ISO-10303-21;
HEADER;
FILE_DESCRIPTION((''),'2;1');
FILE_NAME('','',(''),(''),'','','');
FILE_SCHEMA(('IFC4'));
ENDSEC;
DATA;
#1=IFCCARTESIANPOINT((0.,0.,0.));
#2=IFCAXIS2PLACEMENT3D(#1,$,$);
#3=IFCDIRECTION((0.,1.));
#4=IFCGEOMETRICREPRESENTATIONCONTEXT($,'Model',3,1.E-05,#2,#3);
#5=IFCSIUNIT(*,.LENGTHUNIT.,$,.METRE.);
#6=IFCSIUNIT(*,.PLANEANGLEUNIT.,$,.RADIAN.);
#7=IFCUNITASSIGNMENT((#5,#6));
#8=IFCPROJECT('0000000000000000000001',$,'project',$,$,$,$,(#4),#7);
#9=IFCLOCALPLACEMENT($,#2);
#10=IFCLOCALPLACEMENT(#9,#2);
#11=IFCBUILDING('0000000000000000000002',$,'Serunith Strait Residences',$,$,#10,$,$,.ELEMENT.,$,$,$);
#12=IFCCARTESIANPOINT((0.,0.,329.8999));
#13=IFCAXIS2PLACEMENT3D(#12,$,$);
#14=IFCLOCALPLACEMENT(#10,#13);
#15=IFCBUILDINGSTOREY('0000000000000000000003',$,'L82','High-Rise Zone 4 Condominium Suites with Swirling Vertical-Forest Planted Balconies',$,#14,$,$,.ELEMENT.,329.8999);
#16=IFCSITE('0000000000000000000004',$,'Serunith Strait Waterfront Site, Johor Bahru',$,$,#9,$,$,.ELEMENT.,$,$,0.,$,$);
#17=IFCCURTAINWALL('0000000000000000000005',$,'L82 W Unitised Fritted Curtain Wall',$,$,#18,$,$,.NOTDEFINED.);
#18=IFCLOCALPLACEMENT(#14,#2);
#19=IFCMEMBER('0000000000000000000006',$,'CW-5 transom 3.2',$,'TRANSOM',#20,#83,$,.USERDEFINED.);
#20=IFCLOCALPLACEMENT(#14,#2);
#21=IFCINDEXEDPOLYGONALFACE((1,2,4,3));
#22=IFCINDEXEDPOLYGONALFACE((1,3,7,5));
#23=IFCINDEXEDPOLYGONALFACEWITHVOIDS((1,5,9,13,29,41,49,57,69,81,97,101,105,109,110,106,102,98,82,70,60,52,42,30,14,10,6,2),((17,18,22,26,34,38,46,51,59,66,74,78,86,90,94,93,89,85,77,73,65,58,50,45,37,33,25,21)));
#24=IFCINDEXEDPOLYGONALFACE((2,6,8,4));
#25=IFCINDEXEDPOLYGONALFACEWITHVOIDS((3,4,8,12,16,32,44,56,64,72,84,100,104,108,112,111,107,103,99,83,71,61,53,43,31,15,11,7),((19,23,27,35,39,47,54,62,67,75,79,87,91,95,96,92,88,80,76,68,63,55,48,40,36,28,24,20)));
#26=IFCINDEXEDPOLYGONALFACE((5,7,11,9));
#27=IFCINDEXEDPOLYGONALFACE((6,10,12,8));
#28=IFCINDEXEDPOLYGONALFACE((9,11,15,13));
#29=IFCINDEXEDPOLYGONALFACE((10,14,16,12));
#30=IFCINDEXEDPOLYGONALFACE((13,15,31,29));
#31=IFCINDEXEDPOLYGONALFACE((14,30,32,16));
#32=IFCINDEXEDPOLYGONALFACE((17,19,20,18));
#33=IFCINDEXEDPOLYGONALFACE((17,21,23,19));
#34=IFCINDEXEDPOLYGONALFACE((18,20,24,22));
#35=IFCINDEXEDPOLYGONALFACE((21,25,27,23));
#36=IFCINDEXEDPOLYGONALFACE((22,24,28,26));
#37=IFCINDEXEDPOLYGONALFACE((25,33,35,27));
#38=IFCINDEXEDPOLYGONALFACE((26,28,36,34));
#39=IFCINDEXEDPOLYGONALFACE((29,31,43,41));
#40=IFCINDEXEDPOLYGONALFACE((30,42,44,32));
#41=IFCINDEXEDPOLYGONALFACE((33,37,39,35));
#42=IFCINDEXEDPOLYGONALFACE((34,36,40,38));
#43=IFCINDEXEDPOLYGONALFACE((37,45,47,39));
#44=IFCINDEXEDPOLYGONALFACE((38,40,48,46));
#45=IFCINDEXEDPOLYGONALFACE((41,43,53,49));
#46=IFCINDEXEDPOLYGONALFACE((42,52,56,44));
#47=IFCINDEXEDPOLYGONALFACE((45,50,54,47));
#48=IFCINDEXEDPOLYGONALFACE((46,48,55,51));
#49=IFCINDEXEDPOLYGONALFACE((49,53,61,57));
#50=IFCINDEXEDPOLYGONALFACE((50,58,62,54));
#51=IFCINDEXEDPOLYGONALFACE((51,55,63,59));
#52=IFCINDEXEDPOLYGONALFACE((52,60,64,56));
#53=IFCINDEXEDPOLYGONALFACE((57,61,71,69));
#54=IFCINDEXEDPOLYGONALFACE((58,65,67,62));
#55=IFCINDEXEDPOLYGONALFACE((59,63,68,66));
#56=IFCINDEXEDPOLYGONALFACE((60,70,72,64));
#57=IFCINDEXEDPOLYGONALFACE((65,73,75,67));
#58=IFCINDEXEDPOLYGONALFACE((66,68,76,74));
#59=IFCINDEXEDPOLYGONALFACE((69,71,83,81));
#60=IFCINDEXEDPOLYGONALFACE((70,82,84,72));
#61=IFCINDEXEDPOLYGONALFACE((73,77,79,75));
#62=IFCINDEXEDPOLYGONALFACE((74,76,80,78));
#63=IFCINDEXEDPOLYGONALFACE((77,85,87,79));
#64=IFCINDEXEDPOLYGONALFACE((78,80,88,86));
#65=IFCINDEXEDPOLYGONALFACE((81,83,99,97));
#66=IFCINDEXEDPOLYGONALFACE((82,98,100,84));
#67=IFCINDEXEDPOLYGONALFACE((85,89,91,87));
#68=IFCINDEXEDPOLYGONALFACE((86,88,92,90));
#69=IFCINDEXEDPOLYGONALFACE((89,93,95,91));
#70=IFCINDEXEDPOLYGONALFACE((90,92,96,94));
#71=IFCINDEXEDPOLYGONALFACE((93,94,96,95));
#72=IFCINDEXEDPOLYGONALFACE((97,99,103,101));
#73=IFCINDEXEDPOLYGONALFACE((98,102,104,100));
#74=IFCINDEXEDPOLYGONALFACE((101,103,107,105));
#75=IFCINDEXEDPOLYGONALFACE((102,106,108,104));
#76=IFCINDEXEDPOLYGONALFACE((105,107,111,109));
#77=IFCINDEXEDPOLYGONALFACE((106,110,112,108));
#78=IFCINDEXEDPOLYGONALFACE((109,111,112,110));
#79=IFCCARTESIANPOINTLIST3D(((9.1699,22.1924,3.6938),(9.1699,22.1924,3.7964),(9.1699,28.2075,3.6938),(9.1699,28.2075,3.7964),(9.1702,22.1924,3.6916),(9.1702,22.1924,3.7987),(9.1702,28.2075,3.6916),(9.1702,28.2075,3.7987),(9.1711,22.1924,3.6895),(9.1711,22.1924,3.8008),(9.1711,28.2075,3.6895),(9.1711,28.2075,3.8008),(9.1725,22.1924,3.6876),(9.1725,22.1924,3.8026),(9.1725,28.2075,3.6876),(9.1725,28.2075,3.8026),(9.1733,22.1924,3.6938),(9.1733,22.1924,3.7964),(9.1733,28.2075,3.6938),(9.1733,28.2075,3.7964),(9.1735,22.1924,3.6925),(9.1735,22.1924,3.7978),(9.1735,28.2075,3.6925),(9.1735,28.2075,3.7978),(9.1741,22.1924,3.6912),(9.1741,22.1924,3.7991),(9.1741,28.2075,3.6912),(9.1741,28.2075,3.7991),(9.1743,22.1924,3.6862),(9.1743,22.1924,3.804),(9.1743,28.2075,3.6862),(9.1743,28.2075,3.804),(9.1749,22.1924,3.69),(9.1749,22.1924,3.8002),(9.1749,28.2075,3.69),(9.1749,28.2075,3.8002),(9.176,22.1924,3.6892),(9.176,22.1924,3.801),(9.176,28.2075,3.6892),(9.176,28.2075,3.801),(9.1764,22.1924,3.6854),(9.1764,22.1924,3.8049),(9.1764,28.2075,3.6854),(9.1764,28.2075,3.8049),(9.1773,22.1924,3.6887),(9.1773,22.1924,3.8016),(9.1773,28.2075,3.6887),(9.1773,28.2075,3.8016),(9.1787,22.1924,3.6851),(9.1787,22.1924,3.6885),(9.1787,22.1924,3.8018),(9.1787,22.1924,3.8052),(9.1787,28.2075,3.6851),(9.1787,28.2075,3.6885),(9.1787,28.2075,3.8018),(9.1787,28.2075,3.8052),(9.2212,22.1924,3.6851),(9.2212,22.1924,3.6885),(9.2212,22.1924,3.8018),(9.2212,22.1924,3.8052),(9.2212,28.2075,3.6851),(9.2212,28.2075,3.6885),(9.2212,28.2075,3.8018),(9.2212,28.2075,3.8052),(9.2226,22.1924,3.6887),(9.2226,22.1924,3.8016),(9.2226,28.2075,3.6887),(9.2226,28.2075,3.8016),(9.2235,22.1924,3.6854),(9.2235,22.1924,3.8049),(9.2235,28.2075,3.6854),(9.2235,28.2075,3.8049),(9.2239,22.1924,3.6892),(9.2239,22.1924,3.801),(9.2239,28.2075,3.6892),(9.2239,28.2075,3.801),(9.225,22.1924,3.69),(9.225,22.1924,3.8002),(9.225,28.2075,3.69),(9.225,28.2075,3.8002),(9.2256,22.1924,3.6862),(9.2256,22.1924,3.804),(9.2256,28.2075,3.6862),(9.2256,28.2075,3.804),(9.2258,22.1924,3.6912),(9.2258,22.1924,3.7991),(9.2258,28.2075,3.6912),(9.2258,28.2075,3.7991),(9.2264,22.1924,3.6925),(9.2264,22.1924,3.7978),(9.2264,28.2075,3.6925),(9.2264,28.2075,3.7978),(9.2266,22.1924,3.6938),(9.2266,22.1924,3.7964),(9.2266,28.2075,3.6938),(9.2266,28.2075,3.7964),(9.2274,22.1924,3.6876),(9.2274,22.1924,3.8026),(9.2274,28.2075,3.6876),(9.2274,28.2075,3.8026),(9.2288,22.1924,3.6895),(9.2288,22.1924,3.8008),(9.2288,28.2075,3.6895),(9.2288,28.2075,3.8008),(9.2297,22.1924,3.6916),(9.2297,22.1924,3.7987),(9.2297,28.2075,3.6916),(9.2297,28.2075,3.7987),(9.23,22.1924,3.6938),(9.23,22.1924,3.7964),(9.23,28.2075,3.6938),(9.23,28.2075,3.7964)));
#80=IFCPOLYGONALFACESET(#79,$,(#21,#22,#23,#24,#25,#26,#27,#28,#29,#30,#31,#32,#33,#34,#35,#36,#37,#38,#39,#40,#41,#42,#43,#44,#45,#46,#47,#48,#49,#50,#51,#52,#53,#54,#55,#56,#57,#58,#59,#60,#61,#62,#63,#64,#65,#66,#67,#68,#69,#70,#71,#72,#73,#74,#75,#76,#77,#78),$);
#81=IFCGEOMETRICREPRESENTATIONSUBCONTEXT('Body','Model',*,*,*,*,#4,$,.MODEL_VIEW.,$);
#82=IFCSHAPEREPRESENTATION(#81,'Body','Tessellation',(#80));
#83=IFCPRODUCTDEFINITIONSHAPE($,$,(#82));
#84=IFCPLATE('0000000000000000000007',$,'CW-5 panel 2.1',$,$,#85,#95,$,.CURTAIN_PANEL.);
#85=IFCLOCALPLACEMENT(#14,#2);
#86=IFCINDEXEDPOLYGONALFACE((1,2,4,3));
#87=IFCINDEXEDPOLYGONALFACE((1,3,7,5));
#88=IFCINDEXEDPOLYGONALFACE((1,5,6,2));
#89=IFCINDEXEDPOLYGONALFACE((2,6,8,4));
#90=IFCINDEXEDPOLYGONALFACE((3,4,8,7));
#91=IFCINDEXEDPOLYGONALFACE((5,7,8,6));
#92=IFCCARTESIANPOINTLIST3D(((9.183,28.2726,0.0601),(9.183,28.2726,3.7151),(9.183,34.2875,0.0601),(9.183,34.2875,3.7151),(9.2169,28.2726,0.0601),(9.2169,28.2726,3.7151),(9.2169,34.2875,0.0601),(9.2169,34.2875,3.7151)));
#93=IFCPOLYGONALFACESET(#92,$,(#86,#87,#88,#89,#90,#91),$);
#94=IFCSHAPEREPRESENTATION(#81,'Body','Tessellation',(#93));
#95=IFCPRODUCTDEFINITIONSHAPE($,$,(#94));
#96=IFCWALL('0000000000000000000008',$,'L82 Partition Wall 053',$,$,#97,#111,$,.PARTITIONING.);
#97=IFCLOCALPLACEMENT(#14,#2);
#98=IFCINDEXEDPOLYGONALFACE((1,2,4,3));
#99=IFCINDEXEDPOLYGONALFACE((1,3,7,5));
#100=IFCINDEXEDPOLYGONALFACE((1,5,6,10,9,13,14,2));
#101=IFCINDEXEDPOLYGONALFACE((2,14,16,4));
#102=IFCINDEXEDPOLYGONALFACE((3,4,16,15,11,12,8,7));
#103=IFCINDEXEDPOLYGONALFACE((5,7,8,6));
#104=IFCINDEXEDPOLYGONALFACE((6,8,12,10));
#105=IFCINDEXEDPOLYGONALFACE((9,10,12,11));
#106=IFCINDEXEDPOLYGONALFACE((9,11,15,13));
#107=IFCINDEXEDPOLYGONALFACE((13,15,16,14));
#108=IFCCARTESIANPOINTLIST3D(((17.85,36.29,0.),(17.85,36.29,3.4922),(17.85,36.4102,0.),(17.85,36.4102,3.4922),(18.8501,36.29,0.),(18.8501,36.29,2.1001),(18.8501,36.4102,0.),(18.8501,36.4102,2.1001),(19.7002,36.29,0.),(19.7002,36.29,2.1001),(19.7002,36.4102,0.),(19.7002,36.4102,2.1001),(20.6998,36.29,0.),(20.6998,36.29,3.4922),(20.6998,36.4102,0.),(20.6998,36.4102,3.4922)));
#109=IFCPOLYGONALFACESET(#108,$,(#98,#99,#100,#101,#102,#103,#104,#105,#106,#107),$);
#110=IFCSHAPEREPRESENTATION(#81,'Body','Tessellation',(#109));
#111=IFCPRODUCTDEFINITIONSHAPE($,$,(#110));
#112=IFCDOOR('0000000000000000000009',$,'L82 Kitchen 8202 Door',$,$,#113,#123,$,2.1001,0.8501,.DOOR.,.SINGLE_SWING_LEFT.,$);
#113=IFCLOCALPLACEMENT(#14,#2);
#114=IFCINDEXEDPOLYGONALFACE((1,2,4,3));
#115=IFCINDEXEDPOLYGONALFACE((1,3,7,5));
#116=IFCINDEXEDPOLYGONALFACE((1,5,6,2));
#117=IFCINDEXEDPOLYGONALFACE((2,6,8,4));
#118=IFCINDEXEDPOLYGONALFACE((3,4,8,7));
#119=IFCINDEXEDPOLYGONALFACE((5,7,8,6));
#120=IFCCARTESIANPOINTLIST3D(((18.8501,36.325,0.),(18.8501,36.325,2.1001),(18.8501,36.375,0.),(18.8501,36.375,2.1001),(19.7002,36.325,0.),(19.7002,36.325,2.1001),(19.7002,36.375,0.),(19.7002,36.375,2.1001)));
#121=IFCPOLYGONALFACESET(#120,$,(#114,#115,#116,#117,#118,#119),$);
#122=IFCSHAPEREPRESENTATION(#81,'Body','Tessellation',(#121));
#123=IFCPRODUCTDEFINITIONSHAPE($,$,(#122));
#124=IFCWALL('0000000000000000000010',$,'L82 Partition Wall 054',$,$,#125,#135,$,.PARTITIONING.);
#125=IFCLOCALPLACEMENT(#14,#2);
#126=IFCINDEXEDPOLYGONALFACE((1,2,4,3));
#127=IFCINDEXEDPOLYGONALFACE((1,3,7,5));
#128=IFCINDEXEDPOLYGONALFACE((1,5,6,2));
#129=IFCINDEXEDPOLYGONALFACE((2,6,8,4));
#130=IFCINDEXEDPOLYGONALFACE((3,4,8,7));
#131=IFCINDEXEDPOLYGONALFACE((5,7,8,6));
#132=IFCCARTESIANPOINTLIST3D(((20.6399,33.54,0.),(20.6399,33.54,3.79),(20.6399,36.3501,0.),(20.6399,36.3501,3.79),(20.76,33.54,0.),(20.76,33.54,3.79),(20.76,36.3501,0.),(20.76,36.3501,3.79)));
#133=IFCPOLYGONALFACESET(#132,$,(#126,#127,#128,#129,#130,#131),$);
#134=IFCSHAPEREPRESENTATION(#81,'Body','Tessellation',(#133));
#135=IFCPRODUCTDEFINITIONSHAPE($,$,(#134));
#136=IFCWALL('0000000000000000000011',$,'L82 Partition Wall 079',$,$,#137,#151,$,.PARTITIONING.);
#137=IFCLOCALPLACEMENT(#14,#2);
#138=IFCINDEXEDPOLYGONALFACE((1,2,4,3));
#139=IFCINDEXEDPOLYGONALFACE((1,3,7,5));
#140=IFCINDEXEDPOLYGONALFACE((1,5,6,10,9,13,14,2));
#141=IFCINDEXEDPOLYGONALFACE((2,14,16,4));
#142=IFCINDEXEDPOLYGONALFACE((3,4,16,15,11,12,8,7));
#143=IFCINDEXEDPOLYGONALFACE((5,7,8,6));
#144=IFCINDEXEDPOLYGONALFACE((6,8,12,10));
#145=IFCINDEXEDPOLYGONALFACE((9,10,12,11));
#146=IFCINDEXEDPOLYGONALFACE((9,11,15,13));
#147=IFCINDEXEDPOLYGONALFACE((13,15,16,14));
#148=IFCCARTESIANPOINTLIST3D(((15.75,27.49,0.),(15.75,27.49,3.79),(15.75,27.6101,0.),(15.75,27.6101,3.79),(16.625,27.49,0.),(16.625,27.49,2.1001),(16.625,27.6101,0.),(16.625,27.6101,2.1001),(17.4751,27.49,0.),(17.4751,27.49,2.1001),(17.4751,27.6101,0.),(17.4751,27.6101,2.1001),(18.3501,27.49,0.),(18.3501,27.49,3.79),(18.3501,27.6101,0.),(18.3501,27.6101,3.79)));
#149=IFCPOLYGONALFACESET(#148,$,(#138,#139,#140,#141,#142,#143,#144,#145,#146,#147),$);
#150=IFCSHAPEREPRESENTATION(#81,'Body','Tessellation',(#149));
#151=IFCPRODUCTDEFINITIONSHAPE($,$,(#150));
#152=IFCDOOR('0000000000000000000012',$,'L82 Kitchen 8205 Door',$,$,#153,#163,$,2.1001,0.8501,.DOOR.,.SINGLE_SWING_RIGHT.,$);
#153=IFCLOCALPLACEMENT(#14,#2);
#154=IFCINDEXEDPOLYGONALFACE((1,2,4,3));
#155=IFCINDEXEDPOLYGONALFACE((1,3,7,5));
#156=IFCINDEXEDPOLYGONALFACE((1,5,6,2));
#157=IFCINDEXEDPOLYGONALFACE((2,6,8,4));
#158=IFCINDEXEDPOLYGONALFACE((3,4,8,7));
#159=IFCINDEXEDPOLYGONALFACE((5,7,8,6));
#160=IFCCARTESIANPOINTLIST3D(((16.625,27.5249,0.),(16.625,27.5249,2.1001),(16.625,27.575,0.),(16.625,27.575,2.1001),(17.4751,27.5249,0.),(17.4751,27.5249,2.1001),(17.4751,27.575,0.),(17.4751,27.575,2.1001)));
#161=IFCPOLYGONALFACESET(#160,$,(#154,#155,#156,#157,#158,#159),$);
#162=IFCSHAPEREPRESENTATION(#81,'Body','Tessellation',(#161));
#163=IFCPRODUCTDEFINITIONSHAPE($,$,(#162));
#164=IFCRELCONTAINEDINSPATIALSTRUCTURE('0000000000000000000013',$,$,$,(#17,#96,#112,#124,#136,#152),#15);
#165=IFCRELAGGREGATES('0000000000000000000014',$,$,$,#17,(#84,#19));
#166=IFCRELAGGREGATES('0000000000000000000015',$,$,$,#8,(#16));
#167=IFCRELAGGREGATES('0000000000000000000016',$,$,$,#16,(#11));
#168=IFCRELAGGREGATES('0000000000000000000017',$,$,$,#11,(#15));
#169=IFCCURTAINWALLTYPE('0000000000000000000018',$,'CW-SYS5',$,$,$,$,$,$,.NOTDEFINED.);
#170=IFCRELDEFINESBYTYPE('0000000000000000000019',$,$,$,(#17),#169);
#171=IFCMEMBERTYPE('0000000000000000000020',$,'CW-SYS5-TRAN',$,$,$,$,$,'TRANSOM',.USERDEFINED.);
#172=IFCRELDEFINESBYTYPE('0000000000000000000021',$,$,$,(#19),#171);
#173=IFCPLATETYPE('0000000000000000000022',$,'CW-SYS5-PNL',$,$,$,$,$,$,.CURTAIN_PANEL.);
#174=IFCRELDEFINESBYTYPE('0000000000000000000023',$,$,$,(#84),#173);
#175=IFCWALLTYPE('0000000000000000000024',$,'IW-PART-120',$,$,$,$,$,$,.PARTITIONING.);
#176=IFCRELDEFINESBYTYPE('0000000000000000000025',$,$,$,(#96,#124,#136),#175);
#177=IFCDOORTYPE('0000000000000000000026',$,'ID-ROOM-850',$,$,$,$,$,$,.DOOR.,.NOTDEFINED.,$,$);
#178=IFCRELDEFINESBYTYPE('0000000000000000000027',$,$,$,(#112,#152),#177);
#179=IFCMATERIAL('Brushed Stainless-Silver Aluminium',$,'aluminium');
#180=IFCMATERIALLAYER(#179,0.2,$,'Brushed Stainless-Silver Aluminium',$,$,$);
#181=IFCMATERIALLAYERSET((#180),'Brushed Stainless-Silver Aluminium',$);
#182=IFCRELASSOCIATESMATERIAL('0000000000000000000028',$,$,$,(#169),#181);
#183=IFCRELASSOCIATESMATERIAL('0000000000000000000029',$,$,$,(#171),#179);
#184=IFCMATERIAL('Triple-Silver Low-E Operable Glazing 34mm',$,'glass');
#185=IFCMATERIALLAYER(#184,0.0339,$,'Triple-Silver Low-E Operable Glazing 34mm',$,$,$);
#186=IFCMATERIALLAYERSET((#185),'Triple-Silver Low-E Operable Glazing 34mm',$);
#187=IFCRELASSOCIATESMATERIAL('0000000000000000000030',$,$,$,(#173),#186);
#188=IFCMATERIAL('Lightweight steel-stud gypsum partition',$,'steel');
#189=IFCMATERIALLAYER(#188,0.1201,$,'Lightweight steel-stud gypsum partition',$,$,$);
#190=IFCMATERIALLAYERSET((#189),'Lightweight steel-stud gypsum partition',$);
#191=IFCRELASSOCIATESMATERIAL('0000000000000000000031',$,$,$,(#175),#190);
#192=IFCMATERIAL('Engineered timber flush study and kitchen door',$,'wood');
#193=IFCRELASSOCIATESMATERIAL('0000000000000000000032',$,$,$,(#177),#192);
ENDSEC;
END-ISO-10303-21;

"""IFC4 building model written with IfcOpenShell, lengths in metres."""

from ifc_helpers import new_model, si_unit, direction, frame, frame_2d, origin, origin_2d, place, context, subcontext, project, spatial, rectangle, hollow_rectangle, extrude, source, transform, mapped, material, layer, layer_set, material_profile, profile_set, type_object, element, fill, aggregate, save


model = new_model("IFC4")

# Units and contexts
model_context = context("Model", 3, precision=1e-05, world=origin(), true_north=direction((0.0, 1.0)))
body_context = subcontext(model_context, "Body", "Model", "MODEL_VIEW")
ifc_project = project(units=[si_unit("LENGTHUNIT", "METRE"), si_unit("PLANEANGLEUNIT", "RADIAN")], contexts=[model_context])

# Site, building, storey
site_placement = place(None, origin())
site = spatial("IfcSite", under=ifc_project, at=site_placement, Name="Serunith Strait Waterfront Site, Johor Bahru", CompositionType="ELEMENT", RefElevation=0.0)
building_placement = place(site_placement, origin())
building = spatial("IfcBuilding", under=site, at=building_placement, Name="Serunith Strait Residences", CompositionType="ELEMENT")
storey_placement = place(building_placement, frame((0.0, 0.0, 329.8999)))
storey = spatial("IfcBuildingStorey", under=building, at=storey_placement, Name="L82", Description="High-Rise Zone 4 Condominium Suites with Swirling Vertical-Forest Planted Balconies", CompositionType="ELEMENT", Elevation=329.8999)

# Curtain wall, member, plate
ifc_material_1 = material(Name="Brushed Stainless-Silver Aluminium", Category="aluminium")
ifc_layer_1 = layer(ifc_material_1, 0.2, Name="Brushed Stainless-Silver Aluminium")
ifc_layer_set_1 = layer_set([ifc_layer_1], Name="Brushed Stainless-Silver Aluminium")
curtain_wall_type = type_object("IfcCurtainWallType", Name="CW-SYS5", PredefinedType="NOTDEFINED", material=ifc_layer_set_1)
curtain_wall_placement = place(storey_placement, origin())
curtain_wall = element("IfcCurtainWall", 1, at=curtain_wall_placement, inside=storey, type_object=curtain_wall_type, Name="L82 W Unitised Fritted Curtain Wall", PredefinedType="NOTDEFINED")
ifc_material_profile_1 = material_profile(ifc_material_1, hollow_rectangle(XDim=0.0601, YDim=0.1201, WallThickness=0.0034, InnerFilletRadius=0.0054, OuterFilletRadius=0.0088, at=origin_2d()), Name="ALU 120x60x3.5")
ifc_profile_set_1 = profile_set([ifc_material_profile_1], Name="Brushed Stainless-Silver Aluminium")
member_type_1 = type_object("IfcMemberType", Name="CW-SYS5-TRAN", ElementType="TRANSOM", PredefinedType="USERDEFINED", material=ifc_profile_set_1)
shared_shape_1 = source(origin(), body_context, "Body", "SweptSolid", [
    extrude(hollow_rectangle(XDim=0.0601, YDim=0.1201, WallThickness=0.0034, InnerFilletRadius=0.0054, OuterFilletRadius=0.0088, at=origin_2d()), origin(), (0.0, 0.0, 1.0), 6.0151),
])
member_1_placement = place(storey_placement, frame((9.2, 28.2075, 3.7451), z_axis=(0.0, -1.0, 0.0), x_axis=(1.0, 0.0, 0.0)))
member_1 = element("IfcMember", 2, at=member_1_placement, type_object=member_type_1, Name="CW-5 transom 3.2", ObjectType="TRANSOM", PredefinedType="USERDEFINED", context=body_context, shape_type="MappedRepresentation", body=[
    mapped(shared_shape_1, transform((0.0, 0.0, 0.0), scale=1.0)),
])
ifc_material_2 = material(Name="Triple-Silver Low-E Operable Glazing 34mm", Category="glass")
ifc_layer_2 = layer(ifc_material_2, 0.0339, Name="Triple-Silver Low-E Operable Glazing 34mm")
ifc_layer_set_2 = layer_set([ifc_layer_2], Name="Triple-Silver Low-E Operable Glazing 34mm")
plate_type = type_object("IfcPlateType", Name="CW-SYS5-PNL", PredefinedType="CURTAIN_PANEL", material=ifc_layer_set_2)
shared_shape_2 = source(origin(), body_context, "Body", "SweptSolid", [
    extrude(rectangle(XDim=6.0149, YDim=0.0339, at=origin_2d()), origin(), (0.0, 0.0, 1.0), 3.655),
])
plate_placement = place(storey_placement, frame((9.2, 31.28, 0.0601), z_axis=(0.0, 0.0, 1.0), x_axis=(0.0, -1.0, 0.0)))
plate = element("IfcPlate", 3, at=plate_placement, type_object=plate_type, Name="CW-5 panel 2.1", PredefinedType="CURTAIN_PANEL", context=body_context, shape_type="MappedRepresentation", body=[
    mapped(shared_shape_2, transform((0.0, 0.0, 0.0), scale=1.0)),
])
aggregate(curtain_wall, [plate, member_1])

# Wall, opening, door
ifc_material_3 = material(Name="Lightweight steel-stud gypsum partition", Category="steel")
ifc_layer_3 = layer(ifc_material_3, 0.1201, Name="Lightweight steel-stud gypsum partition")
ifc_layer_set_3 = layer_set([ifc_layer_3], Name="Lightweight steel-stud gypsum partition")
wall_type_1 = type_object("IfcWallType", Name="IW-PART-120", PredefinedType="PARTITIONING", material=ifc_layer_set_3)
wall_1_placement = place(storey_placement, frame((17.8501, 36.3501, 0.0), z_axis=(0.0, 0.0, 1.0), x_axis=(1.0, 0.0, 0.0)))
wall_1 = element("IfcWall", 4, at=wall_1_placement, inside=storey, type_object=wall_type_1, Name="L82 Partition Wall 053", PredefinedType="PARTITIONING", context=body_context, shape_type="SweptSolid", body=[
    extrude(rectangle(XDim=2.8499, YDim=0.1201, at=frame_2d((1.4248, 0.0))), origin(), (0.0, 0.0, 1.0), 3.4922),
])
opening_1_placement = place(wall_1_placement, frame((1.0, 0.0, 0.0)))
opening_1 = element("IfcOpeningElement", 5, at=opening_1_placement, cuts=wall_1, PredefinedType="OPENING", context=body_context, shape_type="SweptSolid", body=[
    extrude(rectangle(XDim=0.8501, YDim=2.1001, at=frame_2d((0.425, 1.05))), frame((0.0, 0.0701, 0.0), z_axis=(0.0, -1.0, 0.0), x_axis=(1.0, 0.0, 0.0)), (0.0, 0.0, 1.0), 0.1401),
])
ifc_material_4 = material(Name="Engineered timber flush study and kitchen door", Category="wood")
door_type_1 = type_object("IfcDoorType", Name="ID-ROOM-850", OperationType="NOTDEFINED", PredefinedType="DOOR", material=ifc_material_4)
shared_shape_3 = source(origin(), body_context, "Body", "SweptSolid", [
    extrude(rectangle(XDim=0.8501, YDim=2.1001, at=frame_2d((0.425, 1.05))), frame((0.0, 0.0249, 0.0), z_axis=(0.0, -1.0, 0.0), x_axis=(1.0, 0.0, 0.0)), (0.0, 0.0, 1.0), 0.05),
])
door_1_placement = place(opening_1_placement, origin())
door_1 = element("IfcDoor", 6, at=door_1_placement, inside=storey, type_object=door_type_1, Name="L82 Kitchen 8202 Door", OperationType="SINGLE_SWING_LEFT", OverallHeight=2.1001, OverallWidth=0.8501, PredefinedType="DOOR", context=body_context, shape_type="MappedRepresentation", body=[
    mapped(shared_shape_3, transform((0.0, 0.0, 0.0), scale=1.0)),
])
fill(opening_1, door_1)

# Wall
wall_2_placement = place(storey_placement, frame((20.7, 36.3501, 0.0), z_axis=(0.0, 0.0, 1.0), x_axis=(0.0, -1.0, 0.0)))
element("IfcWall", 7, at=wall_2_placement, inside=storey, type_object=wall_type_1, Name="L82 Partition Wall 054", PredefinedType="PARTITIONING", context=body_context, shape_type="SweptSolid", body=[
    extrude(rectangle(XDim=2.8101, YDim=0.1201, at=frame_2d((1.405, 0.0))), origin(), (0.0, 0.0, 1.0), 3.79),
])

# Wall, opening, door
wall_3_placement = place(storey_placement, frame((15.75, 27.55, 0.0), z_axis=(0.0, 0.0, 1.0), x_axis=(1.0, 0.0, 0.0)))
wall_3 = element("IfcWall", 8, at=wall_3_placement, inside=storey, type_object=wall_type_1, Name="L82 Partition Wall 079", PredefinedType="PARTITIONING", context=body_context, shape_type="SweptSolid", body=[
    extrude(rectangle(XDim=2.6001, YDim=0.1201, at=frame_2d((1.3, 0.0))), origin(), (0.0, 0.0, 1.0), 3.79),
])
opening_2_placement = place(wall_3_placement, frame((0.875, 0.0, 0.0)))
opening_2 = element("IfcOpeningElement", 9, at=opening_2_placement, cuts=wall_3, PredefinedType="OPENING", context=body_context, shape_type="SweptSolid", body=[
    extrude(rectangle(XDim=0.8501, YDim=2.1001, at=frame_2d((0.425, 1.05))), frame((0.0, 0.0701, 0.0), z_axis=(0.0, -1.0, 0.0), x_axis=(1.0, 0.0, 0.0)), (0.0, 0.0, 1.0), 0.1401),
])
door_2_placement = place(opening_2_placement, origin())
door_2 = element("IfcDoor", 10, at=door_2_placement, inside=storey, type_object=door_type_1, Name="L82 Kitchen 8205 Door", OperationType="SINGLE_SWING_RIGHT", OverallHeight=2.1001, OverallWidth=0.8501, PredefinedType="DOOR", context=body_context, shape_type="MappedRepresentation", body=[
    mapped(shared_shape_3, transform((0.0, 0.0, 0.0), scale=1.0)),
])
fill(opening_2, door_2)

save(model, "model.ifc")
